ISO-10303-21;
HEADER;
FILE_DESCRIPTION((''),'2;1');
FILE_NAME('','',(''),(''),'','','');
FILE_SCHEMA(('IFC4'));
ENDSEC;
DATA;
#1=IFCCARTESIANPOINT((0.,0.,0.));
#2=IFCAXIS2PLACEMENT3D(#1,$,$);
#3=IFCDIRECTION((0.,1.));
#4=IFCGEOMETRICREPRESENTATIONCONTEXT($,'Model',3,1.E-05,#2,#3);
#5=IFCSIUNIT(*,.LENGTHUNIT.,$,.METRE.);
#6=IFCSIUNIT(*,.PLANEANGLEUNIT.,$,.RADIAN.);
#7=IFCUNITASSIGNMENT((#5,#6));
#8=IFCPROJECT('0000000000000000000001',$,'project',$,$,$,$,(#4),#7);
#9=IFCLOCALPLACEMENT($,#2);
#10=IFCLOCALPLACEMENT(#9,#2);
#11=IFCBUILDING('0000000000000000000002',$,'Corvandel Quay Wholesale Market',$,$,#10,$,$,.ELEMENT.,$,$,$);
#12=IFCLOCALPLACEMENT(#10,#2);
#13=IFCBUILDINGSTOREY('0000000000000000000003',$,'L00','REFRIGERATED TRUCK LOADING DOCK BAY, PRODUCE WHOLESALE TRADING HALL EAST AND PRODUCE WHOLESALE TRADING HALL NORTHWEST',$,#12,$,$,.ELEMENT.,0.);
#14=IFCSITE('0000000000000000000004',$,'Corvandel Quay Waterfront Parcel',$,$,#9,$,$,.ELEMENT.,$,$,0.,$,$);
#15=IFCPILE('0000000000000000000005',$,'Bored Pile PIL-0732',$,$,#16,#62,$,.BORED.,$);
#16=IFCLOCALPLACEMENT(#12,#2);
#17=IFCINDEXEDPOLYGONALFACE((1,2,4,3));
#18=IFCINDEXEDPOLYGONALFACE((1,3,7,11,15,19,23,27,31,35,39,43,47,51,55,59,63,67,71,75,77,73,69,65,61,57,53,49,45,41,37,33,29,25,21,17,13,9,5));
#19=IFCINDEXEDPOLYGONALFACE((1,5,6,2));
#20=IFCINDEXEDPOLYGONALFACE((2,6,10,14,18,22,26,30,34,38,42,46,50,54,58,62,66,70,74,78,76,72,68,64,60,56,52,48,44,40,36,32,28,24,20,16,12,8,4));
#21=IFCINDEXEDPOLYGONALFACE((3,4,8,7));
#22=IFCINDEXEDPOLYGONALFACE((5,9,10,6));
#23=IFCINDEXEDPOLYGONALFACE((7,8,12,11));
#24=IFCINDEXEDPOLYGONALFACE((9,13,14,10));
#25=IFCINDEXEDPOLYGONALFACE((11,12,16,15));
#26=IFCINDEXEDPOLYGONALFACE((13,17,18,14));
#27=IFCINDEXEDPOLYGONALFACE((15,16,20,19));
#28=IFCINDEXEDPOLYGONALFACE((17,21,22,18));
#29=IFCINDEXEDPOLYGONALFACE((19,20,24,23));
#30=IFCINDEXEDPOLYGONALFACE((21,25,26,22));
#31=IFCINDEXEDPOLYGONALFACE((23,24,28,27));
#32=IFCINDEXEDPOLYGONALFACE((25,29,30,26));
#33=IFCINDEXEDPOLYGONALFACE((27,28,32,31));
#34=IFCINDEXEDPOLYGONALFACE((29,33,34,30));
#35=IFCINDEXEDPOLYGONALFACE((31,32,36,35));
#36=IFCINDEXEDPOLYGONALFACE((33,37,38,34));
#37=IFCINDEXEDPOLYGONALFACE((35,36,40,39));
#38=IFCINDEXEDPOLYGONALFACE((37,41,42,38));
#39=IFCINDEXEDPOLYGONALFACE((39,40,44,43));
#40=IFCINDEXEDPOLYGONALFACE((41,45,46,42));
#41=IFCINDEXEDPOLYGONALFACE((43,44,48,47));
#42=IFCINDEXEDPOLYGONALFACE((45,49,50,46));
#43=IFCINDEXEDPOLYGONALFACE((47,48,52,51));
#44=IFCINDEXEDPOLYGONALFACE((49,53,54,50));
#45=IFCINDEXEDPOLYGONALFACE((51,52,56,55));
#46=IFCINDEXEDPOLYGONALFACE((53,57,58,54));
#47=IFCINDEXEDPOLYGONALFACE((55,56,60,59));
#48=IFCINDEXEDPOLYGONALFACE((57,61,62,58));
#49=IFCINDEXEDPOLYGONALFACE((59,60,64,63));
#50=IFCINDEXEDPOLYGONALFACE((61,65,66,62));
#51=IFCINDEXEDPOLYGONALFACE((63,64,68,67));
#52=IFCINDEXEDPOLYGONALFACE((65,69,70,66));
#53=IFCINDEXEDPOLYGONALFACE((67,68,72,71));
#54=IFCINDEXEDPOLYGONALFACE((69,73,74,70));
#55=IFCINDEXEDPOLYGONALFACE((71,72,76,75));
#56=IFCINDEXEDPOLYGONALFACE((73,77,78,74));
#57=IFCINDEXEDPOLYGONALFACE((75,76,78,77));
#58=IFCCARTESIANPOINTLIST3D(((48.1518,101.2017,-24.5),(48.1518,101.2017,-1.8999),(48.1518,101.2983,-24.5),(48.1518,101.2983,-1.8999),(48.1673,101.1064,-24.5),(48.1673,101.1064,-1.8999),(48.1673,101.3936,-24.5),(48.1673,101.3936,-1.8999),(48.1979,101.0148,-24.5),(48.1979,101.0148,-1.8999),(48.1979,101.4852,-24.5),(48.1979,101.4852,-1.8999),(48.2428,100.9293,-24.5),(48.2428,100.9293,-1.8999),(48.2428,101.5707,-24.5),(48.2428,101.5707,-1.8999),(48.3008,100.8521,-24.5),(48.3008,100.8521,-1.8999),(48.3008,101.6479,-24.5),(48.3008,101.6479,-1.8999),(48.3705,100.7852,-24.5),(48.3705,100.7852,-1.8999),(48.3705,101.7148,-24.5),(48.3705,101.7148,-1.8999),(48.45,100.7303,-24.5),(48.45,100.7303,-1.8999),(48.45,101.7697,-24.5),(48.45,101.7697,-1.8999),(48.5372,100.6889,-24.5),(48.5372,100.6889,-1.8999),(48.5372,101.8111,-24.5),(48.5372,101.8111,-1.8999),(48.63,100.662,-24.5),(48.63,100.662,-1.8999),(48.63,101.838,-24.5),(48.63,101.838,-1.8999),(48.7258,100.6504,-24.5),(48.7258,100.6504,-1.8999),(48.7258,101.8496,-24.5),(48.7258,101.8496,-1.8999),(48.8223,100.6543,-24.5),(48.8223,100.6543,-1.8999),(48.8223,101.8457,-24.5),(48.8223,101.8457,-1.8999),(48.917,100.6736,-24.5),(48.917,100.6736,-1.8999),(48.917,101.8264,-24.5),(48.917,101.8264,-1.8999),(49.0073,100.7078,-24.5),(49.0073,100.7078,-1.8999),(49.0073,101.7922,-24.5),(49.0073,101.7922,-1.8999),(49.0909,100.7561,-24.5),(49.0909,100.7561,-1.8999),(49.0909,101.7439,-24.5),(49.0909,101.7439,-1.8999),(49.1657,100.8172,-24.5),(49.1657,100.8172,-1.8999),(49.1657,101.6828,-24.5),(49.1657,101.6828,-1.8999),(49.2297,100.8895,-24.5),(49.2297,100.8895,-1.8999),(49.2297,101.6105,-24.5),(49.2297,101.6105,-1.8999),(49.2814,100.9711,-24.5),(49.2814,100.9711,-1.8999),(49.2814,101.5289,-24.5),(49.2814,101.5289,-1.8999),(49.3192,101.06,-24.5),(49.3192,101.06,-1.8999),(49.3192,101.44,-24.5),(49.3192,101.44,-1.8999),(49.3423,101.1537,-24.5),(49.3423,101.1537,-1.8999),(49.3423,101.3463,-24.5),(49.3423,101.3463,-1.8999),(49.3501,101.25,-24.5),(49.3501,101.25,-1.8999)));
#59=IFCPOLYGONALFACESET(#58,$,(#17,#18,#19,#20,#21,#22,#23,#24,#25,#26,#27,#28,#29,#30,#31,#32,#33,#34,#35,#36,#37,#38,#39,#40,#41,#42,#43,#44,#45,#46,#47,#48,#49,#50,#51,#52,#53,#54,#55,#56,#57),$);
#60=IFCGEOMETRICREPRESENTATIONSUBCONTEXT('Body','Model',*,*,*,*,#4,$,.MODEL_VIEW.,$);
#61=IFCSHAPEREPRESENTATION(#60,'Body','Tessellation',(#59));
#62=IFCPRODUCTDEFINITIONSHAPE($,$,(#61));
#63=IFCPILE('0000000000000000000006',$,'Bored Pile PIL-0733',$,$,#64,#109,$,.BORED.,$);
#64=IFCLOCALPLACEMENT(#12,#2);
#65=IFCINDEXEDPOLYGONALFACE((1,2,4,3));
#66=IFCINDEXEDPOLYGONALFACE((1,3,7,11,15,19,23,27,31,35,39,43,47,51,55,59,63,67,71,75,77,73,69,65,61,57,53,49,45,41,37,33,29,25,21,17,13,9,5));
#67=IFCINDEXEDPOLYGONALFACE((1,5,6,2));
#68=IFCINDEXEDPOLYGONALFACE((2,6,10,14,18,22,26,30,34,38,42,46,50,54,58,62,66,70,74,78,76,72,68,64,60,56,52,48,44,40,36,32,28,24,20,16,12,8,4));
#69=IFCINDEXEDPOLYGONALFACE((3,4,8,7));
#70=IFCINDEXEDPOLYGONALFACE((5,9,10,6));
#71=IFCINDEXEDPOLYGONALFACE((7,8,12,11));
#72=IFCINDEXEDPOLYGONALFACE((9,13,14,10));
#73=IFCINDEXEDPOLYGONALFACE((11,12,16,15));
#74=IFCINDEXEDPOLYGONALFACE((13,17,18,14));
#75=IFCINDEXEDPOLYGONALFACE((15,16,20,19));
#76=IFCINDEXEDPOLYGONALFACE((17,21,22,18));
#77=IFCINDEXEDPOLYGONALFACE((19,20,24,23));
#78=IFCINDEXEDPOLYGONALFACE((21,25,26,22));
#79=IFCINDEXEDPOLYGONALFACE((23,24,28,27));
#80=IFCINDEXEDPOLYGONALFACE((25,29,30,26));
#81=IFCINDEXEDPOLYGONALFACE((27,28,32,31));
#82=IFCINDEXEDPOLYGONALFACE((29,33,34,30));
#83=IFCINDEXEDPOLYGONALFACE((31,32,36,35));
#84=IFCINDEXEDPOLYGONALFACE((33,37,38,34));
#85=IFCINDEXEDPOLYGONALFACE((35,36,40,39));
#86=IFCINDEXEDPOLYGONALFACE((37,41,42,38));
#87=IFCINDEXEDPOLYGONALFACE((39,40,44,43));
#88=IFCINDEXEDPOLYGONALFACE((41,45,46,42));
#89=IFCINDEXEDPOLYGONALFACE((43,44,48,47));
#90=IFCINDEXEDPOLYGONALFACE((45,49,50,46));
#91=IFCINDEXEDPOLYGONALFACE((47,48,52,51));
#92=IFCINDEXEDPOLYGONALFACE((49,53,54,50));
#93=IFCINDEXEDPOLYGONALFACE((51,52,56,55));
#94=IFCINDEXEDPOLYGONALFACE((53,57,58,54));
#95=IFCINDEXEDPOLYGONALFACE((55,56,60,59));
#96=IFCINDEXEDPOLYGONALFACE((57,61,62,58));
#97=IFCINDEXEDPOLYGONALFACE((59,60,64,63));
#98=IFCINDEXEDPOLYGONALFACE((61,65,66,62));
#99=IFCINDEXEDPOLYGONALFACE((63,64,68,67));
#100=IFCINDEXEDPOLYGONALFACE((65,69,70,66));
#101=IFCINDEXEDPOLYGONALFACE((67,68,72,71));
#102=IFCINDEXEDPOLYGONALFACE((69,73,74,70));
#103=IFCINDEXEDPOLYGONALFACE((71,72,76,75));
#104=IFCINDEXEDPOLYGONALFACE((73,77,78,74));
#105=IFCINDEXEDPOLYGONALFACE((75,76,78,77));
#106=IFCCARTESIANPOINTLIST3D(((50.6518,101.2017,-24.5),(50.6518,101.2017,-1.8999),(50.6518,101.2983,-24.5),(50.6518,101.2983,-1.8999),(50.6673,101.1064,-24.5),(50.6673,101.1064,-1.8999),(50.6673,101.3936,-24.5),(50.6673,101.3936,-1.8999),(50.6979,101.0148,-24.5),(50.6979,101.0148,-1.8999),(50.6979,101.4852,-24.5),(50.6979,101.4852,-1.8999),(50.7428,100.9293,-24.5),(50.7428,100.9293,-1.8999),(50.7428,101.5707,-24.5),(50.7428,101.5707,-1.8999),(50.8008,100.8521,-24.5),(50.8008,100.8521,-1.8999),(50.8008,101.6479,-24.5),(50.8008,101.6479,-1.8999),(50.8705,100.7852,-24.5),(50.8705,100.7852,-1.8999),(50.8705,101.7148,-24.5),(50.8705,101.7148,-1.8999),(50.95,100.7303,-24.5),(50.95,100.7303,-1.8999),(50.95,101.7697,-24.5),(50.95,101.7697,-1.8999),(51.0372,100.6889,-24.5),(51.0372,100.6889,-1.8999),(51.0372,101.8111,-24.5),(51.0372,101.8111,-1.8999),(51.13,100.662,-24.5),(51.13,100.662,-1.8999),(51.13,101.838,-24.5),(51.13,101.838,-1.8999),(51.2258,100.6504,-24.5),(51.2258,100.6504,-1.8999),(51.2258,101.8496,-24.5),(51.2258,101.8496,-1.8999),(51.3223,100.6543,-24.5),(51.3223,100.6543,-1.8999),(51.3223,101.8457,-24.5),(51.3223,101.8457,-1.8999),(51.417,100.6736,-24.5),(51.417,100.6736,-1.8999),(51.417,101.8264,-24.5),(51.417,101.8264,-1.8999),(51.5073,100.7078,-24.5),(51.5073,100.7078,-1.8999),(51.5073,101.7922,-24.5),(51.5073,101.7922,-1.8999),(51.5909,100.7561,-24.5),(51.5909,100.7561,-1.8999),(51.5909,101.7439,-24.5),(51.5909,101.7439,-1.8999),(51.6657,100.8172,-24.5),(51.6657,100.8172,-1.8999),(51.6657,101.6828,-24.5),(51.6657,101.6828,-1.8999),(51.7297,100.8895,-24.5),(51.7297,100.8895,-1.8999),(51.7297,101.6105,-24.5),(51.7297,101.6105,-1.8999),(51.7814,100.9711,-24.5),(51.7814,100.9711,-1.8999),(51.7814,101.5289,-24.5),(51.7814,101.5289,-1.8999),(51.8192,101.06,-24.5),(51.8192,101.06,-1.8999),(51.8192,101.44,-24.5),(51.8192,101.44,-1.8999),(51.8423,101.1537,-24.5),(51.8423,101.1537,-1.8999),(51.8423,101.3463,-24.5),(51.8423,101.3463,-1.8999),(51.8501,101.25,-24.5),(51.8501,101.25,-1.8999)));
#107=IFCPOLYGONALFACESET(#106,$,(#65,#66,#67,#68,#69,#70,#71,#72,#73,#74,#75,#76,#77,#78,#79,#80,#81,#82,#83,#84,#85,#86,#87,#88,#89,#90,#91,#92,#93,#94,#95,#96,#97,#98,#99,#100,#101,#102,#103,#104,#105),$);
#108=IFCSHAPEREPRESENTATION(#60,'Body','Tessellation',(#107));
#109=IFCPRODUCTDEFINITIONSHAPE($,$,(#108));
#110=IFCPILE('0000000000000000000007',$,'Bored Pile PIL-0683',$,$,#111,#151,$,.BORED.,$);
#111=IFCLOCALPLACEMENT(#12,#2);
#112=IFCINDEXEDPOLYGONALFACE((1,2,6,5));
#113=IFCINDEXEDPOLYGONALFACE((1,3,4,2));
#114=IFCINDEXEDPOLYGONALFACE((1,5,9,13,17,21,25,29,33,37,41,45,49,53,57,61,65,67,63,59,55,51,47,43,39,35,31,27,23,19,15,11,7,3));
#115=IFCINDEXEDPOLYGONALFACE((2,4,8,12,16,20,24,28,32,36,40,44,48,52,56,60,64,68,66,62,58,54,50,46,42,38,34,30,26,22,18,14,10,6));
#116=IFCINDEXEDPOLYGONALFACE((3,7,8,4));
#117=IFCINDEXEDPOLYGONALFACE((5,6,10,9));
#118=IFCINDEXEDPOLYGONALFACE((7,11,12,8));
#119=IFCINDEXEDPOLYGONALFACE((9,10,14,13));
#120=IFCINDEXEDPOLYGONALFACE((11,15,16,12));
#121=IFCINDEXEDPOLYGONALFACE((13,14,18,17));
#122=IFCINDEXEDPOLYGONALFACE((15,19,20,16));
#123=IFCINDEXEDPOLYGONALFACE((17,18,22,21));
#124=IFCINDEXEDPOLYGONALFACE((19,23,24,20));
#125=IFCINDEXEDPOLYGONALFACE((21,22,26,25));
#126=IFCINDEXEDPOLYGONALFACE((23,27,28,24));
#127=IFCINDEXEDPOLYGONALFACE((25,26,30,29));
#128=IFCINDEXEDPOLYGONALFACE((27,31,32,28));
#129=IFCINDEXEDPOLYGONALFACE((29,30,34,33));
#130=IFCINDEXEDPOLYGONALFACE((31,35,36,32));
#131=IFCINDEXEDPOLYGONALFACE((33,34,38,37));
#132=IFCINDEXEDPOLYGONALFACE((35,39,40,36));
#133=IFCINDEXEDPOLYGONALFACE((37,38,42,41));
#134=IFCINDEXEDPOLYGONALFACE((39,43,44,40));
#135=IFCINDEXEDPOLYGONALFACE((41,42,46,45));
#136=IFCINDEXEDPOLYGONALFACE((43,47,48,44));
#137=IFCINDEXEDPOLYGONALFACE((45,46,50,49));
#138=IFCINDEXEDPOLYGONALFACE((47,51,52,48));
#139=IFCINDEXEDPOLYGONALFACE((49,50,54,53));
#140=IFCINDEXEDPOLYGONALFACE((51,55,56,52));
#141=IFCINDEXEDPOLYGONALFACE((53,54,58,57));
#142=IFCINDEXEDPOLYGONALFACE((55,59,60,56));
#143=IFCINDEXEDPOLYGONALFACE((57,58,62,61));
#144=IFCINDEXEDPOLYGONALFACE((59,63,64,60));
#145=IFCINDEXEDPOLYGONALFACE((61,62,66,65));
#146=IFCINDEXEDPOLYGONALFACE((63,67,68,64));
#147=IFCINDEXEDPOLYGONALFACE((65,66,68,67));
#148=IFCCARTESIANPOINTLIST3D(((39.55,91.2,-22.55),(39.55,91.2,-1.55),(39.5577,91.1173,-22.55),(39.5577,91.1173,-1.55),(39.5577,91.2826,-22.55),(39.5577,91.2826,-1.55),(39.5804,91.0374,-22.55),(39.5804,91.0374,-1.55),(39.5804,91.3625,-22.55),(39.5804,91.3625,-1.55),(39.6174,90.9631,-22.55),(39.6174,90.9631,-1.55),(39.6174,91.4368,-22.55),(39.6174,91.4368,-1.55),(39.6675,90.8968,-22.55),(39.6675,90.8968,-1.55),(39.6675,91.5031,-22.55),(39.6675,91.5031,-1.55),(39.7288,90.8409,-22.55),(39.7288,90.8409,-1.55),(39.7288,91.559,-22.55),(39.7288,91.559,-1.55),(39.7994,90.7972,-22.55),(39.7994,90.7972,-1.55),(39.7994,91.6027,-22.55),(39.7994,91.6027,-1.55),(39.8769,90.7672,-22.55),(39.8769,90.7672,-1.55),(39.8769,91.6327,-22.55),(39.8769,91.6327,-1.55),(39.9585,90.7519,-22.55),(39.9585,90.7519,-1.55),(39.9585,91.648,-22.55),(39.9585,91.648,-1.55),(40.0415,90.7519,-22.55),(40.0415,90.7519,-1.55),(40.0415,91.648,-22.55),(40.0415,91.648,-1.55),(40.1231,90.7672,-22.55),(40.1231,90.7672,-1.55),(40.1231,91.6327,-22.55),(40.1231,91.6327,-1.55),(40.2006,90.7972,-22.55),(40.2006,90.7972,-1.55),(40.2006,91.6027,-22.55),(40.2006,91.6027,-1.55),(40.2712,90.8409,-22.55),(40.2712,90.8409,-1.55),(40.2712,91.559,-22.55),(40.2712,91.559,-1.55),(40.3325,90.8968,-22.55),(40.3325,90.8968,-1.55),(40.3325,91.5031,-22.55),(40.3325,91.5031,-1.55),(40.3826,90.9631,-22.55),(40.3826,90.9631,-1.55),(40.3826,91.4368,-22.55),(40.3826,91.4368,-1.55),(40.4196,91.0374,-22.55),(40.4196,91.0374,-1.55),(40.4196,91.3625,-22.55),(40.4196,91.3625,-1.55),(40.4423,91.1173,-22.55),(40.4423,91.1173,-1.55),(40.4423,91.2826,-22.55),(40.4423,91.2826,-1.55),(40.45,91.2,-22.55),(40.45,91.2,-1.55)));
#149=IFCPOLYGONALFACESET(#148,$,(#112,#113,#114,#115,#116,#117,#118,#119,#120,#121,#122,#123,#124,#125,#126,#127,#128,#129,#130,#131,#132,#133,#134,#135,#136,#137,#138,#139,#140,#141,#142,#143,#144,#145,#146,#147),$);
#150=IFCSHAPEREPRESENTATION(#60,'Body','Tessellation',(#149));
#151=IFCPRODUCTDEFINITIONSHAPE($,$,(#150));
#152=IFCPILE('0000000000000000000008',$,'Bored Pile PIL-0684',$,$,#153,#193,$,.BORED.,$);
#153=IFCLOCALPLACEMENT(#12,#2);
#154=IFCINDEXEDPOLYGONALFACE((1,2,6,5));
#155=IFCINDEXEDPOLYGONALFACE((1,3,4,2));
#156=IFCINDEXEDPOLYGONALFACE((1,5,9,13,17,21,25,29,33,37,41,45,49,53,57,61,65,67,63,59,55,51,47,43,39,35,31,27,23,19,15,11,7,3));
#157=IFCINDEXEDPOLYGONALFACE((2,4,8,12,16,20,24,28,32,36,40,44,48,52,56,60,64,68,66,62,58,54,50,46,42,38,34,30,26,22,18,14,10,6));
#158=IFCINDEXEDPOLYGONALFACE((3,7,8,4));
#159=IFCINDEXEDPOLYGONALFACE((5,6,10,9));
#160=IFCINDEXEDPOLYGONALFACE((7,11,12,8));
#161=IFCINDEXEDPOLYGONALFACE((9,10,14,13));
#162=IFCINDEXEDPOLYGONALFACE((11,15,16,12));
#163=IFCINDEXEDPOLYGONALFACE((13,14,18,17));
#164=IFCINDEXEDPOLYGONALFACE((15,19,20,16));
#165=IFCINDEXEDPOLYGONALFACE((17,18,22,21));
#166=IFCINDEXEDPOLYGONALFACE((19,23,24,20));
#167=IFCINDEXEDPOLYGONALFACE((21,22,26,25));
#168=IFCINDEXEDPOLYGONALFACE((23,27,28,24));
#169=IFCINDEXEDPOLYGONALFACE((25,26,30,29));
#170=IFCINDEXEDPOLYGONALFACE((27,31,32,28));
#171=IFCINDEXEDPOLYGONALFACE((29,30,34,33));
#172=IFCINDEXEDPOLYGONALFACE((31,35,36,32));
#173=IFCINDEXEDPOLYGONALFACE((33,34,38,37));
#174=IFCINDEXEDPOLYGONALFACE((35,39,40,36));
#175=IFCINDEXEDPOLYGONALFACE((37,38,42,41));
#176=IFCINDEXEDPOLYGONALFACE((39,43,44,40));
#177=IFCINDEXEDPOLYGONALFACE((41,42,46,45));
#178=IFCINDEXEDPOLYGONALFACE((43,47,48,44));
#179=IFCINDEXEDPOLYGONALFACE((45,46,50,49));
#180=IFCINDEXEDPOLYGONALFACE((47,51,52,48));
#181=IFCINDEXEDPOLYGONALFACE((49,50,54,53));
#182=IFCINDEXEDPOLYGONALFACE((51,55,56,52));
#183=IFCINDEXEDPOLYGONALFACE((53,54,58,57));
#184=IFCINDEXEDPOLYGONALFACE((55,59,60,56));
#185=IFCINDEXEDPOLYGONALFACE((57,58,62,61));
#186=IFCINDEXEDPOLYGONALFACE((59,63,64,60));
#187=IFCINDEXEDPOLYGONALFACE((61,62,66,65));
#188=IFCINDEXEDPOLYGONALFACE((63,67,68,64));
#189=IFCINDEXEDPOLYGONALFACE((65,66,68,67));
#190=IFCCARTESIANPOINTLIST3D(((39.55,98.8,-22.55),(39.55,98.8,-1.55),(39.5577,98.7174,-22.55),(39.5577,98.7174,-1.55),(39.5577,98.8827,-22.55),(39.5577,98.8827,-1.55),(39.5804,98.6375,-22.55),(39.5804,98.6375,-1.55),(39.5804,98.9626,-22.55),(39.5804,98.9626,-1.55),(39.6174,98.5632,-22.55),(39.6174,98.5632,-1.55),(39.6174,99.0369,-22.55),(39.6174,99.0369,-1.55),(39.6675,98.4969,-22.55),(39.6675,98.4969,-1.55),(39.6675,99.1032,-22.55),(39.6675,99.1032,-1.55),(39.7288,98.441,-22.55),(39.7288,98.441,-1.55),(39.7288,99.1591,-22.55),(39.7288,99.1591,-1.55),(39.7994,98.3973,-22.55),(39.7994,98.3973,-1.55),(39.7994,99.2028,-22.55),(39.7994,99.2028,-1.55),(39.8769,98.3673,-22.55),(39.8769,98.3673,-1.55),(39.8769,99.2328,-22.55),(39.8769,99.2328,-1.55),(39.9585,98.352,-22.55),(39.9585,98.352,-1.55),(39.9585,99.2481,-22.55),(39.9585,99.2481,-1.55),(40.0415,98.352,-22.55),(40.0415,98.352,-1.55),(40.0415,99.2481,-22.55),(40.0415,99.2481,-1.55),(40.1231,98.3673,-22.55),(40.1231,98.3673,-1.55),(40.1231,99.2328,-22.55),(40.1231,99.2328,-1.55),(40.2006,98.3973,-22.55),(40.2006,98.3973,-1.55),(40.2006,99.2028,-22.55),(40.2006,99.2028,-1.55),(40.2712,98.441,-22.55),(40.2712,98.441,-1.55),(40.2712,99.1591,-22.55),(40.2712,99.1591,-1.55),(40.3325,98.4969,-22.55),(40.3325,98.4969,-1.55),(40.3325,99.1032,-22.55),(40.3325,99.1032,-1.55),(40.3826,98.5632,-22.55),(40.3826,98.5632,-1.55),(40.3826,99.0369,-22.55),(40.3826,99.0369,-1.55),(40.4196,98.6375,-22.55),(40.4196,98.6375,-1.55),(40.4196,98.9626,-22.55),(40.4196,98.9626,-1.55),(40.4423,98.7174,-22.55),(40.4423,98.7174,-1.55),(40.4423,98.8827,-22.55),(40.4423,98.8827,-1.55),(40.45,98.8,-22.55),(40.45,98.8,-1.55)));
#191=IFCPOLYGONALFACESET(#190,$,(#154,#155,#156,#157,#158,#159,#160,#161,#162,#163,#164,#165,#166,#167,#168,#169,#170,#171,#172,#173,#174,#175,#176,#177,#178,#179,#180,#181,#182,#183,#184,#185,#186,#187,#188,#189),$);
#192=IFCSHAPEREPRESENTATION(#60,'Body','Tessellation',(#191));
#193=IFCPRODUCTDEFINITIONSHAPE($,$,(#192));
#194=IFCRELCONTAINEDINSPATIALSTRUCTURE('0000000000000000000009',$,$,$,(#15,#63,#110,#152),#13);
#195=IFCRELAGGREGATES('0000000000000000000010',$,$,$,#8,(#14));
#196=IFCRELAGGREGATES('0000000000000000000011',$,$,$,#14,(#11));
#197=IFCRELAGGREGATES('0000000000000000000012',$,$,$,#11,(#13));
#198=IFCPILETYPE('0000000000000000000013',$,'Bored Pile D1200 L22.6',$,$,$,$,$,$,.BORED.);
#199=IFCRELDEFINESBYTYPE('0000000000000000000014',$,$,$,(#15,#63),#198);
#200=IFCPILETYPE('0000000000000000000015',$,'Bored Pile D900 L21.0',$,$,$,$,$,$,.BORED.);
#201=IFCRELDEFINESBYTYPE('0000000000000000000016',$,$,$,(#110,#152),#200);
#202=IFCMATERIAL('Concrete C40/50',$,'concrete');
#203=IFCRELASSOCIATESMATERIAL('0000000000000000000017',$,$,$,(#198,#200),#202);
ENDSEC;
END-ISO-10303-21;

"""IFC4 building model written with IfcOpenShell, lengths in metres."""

from ifc_helpers import new_model, si_unit, direction, frame, origin, origin_2d, place, context, subcontext, project, spatial, circle, extrude, material, material_profile, profile_set, type_object, element, save


model = new_model("IFC4")

# Units and contexts
model_context = context("Model", 3, precision=1e-05, world=origin(), true_north=direction((0.0, 1.0)))
body_context = subcontext(model_context, "Body", "Model", "MODEL_VIEW")
ifc_project = project(units=[si_unit("LENGTHUNIT", "METRE"), si_unit("PLANEANGLEUNIT", "RADIAN")], contexts=[model_context])

# Site, building, storey
site_placement = place(None, origin())
site = spatial("IfcSite", under=ifc_project, at=site_placement, Name="Corvandel Quay Waterfront Parcel", CompositionType="ELEMENT", RefElevation=0.0)
building_placement = place(site_placement, origin())
building = spatial("IfcBuilding", under=site, at=building_placement, Name="Corvandel Quay Wholesale Market", CompositionType="ELEMENT")
storey_placement = place(building_placement, origin())
storey = spatial("IfcBuildingStorey", under=building, at=storey_placement, Name="L00", Description="REFRIGERATED TRUCK LOADING DOCK BAY, PRODUCE WHOLESALE TRADING HALL EAST AND PRODUCE WHOLESALE TRADING HALL NORTHWEST", CompositionType="ELEMENT", Elevation=0.0)

# Piles
ifc_material_1 = material(Name="Concrete C40/50", Category="concrete")
ifc_material_profile_1 = material_profile(ifc_material_1, circle(Radius=0.6001, at=origin_2d()), Name="RC-PILE-D1200")
ifc_profile_set_1 = profile_set([ifc_material_profile_1], Name="Concrete C40/50")
pile_type_1 = type_object("IfcPileType", Name="Bored Pile D1200 L22.6", PredefinedType="BORED", material=ifc_profile_set_1)
for number, where, z_axis, x_axis, name in (
    (1, (48.75, 101.25, -1.8999), (0.0, 0.0, -1.0), (1.0, 0.0, 0.0), "Bored Pile PIL-0732"),
    (2, (51.25, 101.25, -1.8999), (0.0, 0.0, -1.0), (1.0, 0.0, 0.0), "Bored Pile PIL-0733"),
):
    element("IfcPile", number, at=place(storey_placement, frame(where, z_axis=z_axis, x_axis=x_axis)), inside=storey, type_object=pile_type_1, Name=name, PredefinedType="BORED", context=body_context, shape_type="SweptSolid", body=[
        extrude(circle(Radius=0.6001, at=origin_2d()), origin(), (0.0, 0.0, 1.0), 22.6001),
    ])
ifc_material_profile_2 = material_profile(ifc_material_1, circle(Radius=0.45, at=origin_2d()), Name="RC-PILE-D900")
ifc_profile_set_2 = profile_set([ifc_material_profile_2], Name="Concrete C40/50")
pile_type_2 = type_object("IfcPileType", Name="Bored Pile D900 L21.0", PredefinedType="BORED", material=ifc_profile_set_2)
for number, where, z_axis, x_axis, name in (
    (3, (40.0, 91.2, -1.55), (0.0, 0.0, -1.0), (1.0, 0.0, 0.0), "Bored Pile PIL-0683"),
    (4, (40.0, 98.8, -1.55), (0.0, 0.0, -1.0), (1.0, 0.0, 0.0), "Bored Pile PIL-0684"),
):
    element("IfcPile", number, at=place(storey_placement, frame(where, z_axis=z_axis, x_axis=x_axis)), inside=storey, type_object=pile_type_2, Name=name, PredefinedType="BORED", context=body_context, shape_type="SweptSolid", body=[
        extrude(circle(Radius=0.45, at=origin_2d()), origin(), (0.0, 0.0, 1.0), 21.0),
    ])

save(model, "model.ifc")
